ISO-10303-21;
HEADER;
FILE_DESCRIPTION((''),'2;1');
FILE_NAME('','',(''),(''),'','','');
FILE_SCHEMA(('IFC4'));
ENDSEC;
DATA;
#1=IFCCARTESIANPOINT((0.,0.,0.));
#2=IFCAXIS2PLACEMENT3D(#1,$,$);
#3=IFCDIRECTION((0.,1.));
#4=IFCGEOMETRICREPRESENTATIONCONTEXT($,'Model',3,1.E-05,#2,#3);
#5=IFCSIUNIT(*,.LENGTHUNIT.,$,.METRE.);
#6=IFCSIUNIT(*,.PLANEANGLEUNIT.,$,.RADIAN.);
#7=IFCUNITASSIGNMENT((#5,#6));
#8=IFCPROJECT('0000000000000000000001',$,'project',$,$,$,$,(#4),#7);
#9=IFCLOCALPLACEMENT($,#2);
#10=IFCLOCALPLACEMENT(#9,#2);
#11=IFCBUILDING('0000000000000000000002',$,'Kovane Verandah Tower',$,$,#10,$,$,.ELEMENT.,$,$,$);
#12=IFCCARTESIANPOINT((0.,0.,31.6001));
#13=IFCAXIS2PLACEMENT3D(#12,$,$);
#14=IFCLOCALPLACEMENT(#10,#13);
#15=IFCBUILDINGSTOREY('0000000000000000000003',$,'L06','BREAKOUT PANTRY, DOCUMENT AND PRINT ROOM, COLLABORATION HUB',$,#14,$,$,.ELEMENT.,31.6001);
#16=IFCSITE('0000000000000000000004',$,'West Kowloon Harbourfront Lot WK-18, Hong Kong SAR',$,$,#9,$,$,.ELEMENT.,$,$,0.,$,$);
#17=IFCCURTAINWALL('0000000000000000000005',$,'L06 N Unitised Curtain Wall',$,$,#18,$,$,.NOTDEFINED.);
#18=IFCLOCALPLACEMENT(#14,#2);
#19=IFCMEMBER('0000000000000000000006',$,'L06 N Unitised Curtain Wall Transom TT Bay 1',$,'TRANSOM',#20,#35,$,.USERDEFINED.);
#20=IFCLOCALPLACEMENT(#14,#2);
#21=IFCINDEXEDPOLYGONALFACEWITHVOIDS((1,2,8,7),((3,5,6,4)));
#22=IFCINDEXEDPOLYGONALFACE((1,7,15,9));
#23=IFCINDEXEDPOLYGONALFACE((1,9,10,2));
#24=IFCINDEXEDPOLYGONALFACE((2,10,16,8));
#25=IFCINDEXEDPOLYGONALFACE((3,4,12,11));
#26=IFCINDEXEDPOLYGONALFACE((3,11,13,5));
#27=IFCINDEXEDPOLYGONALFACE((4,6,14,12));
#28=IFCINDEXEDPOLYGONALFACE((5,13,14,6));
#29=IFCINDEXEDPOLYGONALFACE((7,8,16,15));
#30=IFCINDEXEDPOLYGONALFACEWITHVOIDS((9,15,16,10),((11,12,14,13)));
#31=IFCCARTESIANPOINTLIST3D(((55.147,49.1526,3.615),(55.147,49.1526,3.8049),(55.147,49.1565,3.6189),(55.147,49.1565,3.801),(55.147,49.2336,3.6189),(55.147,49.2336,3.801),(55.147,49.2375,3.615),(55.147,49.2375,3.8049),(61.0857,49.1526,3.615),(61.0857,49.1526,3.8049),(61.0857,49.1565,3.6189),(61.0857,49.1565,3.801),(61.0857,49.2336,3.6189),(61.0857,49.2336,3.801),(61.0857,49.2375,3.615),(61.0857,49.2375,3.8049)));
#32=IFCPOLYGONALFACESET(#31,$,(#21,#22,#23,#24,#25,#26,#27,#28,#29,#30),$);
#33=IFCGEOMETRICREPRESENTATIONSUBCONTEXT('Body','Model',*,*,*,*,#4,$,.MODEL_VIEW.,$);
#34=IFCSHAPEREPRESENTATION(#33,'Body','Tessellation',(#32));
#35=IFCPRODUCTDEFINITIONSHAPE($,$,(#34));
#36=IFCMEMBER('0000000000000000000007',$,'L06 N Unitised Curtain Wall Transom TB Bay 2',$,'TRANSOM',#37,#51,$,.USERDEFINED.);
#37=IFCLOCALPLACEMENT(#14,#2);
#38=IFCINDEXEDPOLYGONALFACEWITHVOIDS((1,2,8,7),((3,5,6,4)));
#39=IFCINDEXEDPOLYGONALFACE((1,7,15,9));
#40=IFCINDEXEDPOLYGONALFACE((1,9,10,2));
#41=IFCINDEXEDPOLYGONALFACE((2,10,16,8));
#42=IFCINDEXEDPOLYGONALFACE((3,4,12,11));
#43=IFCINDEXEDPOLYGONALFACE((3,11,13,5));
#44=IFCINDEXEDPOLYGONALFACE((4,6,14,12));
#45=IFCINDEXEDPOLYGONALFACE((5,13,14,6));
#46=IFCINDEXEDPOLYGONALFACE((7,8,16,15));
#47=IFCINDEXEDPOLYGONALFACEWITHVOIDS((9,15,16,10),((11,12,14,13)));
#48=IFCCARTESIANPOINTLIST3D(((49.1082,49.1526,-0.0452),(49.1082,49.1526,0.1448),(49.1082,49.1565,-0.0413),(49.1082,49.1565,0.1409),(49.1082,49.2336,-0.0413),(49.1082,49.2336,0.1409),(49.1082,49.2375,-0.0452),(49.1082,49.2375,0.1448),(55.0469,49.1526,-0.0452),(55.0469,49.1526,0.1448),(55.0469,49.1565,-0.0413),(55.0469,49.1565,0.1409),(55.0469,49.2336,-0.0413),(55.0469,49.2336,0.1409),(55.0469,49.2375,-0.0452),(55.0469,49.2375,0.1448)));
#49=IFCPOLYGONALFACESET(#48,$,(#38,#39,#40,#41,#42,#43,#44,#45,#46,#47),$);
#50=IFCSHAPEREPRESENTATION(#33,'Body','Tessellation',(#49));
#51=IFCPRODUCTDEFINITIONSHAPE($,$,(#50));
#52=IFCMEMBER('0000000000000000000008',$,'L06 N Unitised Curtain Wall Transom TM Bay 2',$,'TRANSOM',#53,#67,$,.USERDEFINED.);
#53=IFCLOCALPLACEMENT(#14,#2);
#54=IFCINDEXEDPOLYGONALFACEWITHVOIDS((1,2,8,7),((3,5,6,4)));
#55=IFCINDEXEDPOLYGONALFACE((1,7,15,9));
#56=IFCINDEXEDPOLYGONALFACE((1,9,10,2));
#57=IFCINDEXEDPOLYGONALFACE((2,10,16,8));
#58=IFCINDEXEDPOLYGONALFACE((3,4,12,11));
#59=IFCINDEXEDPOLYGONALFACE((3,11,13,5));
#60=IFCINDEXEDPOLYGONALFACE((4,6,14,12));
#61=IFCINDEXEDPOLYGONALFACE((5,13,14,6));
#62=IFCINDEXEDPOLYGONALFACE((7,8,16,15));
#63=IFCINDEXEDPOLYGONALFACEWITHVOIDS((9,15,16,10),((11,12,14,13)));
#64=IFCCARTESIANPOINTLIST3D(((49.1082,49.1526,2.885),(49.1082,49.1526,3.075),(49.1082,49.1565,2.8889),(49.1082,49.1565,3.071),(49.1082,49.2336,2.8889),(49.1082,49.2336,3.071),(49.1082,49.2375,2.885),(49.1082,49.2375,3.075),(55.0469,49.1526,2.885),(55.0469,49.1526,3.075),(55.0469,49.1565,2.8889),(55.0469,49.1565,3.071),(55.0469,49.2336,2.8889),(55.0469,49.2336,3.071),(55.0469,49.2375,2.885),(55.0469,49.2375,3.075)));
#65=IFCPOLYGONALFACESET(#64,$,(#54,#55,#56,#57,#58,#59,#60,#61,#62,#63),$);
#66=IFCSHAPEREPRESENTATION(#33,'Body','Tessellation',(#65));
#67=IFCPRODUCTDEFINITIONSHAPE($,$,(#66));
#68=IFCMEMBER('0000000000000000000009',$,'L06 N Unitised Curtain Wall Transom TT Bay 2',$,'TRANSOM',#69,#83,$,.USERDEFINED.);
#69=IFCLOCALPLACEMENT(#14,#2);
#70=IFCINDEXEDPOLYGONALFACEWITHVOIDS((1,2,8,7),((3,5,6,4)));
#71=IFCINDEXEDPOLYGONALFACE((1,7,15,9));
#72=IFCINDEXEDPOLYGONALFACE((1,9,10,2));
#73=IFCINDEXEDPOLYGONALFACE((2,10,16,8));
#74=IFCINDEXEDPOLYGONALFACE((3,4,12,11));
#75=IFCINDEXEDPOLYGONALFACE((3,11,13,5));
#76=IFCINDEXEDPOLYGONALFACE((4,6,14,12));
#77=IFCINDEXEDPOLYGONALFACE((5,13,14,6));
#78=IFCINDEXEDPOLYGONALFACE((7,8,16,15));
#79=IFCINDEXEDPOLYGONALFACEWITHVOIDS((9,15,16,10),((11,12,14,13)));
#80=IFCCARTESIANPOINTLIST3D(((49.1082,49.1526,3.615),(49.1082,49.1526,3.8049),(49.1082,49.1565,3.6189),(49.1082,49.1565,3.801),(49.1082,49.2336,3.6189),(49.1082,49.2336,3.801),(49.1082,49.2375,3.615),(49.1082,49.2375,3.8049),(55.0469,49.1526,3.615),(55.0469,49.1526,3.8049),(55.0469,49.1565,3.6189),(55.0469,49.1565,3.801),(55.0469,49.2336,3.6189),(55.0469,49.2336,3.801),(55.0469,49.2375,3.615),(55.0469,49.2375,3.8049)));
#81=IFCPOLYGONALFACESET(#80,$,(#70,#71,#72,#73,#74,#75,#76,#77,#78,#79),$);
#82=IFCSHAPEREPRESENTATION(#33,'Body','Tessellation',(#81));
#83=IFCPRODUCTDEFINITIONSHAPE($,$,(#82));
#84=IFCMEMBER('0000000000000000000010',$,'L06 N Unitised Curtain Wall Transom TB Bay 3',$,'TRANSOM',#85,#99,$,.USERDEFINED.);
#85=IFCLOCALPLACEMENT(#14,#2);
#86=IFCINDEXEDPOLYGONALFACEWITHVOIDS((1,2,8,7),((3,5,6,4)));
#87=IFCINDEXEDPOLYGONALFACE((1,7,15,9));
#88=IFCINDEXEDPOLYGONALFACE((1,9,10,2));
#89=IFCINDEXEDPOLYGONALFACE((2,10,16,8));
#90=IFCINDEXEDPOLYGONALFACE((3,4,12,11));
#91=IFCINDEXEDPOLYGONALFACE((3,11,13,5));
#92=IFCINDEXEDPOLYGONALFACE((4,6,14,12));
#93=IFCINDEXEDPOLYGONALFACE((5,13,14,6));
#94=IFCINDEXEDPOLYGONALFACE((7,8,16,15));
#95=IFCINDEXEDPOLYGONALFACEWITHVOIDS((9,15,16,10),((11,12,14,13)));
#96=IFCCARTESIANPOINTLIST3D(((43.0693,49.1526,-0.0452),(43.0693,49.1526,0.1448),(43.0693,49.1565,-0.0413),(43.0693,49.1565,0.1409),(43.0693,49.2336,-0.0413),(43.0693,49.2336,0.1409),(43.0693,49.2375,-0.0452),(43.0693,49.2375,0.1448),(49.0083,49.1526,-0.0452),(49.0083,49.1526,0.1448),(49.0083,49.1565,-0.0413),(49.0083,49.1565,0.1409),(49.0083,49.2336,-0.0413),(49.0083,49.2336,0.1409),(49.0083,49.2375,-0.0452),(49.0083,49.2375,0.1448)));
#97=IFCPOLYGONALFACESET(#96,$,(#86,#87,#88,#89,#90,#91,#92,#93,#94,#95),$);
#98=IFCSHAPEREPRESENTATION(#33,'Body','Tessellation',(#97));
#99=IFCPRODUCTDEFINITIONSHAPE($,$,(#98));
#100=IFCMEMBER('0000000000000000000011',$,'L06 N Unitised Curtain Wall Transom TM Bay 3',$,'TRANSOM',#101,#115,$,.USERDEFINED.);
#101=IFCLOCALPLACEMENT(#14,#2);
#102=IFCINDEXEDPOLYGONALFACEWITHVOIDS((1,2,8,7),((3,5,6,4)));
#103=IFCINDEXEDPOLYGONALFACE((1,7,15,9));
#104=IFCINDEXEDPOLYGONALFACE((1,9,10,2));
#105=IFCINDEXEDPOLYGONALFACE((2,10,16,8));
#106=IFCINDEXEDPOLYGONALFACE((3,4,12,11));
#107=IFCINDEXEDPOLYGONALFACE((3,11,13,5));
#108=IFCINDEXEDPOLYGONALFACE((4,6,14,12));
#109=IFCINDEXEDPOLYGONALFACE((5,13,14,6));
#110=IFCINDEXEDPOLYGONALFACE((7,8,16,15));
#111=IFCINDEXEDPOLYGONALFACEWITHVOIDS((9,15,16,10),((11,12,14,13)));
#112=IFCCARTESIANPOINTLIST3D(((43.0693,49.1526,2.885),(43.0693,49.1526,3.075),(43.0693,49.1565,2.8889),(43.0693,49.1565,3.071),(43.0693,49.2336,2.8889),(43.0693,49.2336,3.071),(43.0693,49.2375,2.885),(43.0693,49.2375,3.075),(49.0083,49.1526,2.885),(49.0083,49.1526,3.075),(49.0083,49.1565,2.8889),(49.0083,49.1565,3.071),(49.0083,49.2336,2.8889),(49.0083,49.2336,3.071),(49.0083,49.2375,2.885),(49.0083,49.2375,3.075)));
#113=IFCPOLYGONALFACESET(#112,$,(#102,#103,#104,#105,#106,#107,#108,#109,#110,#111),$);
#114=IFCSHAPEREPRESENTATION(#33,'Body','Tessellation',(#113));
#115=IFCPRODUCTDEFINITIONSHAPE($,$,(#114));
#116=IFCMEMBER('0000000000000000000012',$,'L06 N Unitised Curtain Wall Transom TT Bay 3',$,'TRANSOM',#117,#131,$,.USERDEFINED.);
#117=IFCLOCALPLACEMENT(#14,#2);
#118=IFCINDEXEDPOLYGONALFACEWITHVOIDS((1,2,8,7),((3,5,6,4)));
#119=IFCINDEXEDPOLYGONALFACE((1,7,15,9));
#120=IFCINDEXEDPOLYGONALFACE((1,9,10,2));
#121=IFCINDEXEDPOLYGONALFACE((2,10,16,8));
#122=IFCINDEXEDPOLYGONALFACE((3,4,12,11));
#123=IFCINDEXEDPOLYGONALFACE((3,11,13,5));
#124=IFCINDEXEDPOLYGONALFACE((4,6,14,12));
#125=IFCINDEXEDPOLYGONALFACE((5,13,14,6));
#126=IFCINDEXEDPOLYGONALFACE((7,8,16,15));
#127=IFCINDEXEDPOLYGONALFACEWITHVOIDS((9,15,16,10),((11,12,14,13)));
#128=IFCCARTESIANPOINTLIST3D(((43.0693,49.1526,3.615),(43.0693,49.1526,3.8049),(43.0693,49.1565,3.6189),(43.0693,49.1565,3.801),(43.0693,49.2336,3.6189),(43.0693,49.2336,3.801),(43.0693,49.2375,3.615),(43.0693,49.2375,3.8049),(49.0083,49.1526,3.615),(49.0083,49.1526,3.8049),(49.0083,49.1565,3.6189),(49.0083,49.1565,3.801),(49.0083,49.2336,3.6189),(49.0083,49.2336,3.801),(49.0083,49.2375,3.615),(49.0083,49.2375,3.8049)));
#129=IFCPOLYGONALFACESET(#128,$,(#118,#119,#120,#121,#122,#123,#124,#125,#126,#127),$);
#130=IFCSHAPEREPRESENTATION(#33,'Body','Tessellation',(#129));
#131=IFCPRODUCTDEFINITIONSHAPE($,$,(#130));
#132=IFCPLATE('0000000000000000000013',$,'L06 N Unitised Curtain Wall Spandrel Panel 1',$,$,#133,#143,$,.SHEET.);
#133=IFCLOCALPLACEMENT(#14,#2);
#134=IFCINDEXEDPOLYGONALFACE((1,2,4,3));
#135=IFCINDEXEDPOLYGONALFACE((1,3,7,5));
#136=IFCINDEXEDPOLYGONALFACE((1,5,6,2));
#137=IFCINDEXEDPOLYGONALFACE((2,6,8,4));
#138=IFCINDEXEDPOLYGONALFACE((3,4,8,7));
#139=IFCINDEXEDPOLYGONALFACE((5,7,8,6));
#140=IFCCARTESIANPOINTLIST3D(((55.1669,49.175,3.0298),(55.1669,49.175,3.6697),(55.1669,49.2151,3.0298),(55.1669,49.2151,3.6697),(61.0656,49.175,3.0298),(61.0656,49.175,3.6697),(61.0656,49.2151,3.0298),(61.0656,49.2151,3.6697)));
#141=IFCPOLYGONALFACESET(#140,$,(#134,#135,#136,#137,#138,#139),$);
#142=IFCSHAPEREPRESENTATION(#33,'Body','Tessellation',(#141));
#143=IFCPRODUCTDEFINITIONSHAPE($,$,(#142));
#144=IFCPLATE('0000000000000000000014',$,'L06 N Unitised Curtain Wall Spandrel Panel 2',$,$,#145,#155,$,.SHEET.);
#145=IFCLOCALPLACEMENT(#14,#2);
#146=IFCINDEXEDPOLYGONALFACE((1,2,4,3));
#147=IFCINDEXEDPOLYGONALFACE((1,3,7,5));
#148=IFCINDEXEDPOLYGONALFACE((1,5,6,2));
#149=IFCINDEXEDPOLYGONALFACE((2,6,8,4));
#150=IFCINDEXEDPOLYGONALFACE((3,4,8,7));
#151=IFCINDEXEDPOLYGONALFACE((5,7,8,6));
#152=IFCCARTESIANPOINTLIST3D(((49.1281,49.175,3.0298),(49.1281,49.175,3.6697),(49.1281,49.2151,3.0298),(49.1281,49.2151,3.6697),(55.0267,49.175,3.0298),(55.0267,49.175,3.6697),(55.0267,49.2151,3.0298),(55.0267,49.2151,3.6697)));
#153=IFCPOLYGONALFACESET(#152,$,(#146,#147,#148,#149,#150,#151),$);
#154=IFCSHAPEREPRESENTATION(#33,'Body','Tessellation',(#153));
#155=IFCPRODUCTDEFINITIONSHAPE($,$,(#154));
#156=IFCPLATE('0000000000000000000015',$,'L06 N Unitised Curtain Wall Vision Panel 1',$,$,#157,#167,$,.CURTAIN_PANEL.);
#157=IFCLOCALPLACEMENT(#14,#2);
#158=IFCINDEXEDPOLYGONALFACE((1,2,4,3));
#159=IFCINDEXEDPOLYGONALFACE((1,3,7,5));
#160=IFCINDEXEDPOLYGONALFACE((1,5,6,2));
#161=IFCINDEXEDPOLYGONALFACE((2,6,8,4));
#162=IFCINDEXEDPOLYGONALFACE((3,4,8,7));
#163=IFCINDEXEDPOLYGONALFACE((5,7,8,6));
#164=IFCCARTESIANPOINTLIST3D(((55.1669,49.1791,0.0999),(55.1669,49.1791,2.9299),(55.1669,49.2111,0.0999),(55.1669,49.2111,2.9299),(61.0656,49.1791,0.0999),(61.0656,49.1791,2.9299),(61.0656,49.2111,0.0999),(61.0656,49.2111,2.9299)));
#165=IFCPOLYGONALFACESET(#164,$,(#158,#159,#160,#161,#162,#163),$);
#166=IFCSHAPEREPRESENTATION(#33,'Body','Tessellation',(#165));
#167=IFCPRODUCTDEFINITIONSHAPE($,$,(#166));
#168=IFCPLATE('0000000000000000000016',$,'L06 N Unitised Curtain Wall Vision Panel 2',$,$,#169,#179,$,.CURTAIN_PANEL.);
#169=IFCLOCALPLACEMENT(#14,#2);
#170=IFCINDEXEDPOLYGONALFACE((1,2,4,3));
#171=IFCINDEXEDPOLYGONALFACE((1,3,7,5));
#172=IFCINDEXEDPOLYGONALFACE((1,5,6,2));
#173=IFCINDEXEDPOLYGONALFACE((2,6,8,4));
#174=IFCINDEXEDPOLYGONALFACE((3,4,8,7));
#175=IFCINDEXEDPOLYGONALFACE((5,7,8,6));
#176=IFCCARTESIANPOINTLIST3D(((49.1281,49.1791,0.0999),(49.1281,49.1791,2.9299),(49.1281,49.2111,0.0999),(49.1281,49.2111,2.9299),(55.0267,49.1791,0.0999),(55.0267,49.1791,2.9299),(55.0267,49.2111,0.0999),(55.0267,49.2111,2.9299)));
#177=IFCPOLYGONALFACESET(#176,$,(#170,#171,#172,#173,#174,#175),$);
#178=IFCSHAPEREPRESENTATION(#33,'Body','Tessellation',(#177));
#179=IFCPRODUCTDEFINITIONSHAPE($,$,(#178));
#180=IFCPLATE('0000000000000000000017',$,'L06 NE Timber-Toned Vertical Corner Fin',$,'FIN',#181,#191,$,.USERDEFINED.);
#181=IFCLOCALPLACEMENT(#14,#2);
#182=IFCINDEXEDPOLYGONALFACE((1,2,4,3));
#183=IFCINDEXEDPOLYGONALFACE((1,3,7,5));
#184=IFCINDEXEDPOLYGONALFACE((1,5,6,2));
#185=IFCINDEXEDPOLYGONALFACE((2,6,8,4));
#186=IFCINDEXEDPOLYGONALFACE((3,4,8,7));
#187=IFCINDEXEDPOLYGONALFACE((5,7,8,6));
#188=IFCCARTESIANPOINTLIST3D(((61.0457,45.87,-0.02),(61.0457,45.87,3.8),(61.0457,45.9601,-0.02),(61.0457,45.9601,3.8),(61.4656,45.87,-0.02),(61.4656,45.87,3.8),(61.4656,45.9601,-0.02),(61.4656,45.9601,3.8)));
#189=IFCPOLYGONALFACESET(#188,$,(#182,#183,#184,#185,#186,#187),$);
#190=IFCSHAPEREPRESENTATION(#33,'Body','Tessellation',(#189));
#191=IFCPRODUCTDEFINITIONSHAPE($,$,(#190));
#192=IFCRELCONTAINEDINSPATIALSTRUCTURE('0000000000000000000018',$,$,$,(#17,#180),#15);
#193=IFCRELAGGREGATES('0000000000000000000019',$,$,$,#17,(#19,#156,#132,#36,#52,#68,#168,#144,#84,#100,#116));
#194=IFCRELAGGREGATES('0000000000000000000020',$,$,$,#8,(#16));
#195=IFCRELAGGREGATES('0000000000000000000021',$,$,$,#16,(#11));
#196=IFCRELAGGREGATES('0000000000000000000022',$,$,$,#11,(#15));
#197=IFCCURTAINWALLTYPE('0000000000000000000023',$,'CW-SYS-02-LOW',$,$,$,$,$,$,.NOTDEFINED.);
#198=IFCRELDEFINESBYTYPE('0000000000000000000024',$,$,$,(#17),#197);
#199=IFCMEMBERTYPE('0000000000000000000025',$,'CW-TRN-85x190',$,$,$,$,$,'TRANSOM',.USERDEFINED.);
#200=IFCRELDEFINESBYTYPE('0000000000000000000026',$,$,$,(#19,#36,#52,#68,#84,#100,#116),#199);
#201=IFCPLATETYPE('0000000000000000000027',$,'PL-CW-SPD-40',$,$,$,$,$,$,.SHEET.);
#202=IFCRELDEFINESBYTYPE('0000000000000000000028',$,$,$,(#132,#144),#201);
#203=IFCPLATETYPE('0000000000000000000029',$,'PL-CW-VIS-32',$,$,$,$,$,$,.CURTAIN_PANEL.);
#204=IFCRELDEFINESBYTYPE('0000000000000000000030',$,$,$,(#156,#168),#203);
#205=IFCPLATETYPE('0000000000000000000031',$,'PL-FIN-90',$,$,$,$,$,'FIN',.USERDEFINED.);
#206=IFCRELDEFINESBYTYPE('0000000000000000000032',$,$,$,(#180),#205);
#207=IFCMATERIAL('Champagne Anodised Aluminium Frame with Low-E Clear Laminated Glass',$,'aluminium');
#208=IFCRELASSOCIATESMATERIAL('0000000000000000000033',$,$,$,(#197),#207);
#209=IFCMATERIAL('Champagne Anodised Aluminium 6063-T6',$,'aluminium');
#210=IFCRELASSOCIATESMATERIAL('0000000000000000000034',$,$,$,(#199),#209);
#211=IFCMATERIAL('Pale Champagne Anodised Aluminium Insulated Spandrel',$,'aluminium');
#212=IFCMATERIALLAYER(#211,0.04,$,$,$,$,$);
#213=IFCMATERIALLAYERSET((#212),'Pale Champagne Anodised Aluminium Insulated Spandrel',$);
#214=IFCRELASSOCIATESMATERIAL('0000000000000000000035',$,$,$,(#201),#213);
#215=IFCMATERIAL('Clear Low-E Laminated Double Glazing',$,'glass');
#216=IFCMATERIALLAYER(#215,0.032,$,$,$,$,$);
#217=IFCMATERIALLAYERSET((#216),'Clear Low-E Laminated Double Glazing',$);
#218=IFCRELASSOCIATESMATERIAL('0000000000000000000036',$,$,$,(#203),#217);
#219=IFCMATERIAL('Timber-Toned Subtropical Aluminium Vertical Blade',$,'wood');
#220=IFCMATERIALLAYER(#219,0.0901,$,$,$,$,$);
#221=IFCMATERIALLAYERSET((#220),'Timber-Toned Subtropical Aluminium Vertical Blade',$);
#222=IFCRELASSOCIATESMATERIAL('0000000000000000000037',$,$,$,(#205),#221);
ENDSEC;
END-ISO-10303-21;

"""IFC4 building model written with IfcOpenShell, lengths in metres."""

from ifc_helpers import new_model, si_unit, direction, frame, origin, origin_2d, place, context, subcontext, project, spatial, rectangle, hollow_rectangle, extrude, material, layer, layer_set, material_profile, profile_set, type_object, element, aggregate, save


model = new_model("IFC4")

# Units and contexts
model_context = context("Model", 3, precision=1e-05, world=origin(), true_north=direction((0.0, 1.0)))
body_context = subcontext(model_context, "Body", "Model", "MODEL_VIEW")
ifc_project = project(units=[si_unit("LENGTHUNIT", "METRE"), si_unit("PLANEANGLEUNIT", "RADIAN")], contexts=[model_context])

# Site, building, storey
site_placement = place(None, origin())
site = spatial("IfcSite", under=ifc_project, at=site_placement, Name="West Kowloon Harbourfront Lot WK-18, Hong Kong SAR", CompositionType="ELEMENT", RefElevation=0.0)
building_placement = place(site_placement, origin())
building = spatial("IfcBuilding", under=site, at=building_placement, Name="Kovane Verandah Tower", CompositionType="ELEMENT")
storey_placement = place(building_placement, frame((0.0, 0.0, 31.6001)))
storey = spatial("IfcBuildingStorey", under=building, at=storey_placement, Name="L06", Description="BREAKOUT PANTRY, DOCUMENT AND PRINT ROOM, COLLABORATION HUB", CompositionType="ELEMENT", Elevation=31.6001)

# Curtain wall, members, plates
ifc_material_1 = material(Name="Champagne Anodised Aluminium Frame with Low-E Clear Laminated Glass", Category="aluminium")
curtain_wall_type = type_object("IfcCurtainWallType", Name="CW-SYS-02-LOW", PredefinedType="NOTDEFINED", material=ifc_material_1)
curtain_wall_placement = place(storey_placement, origin())
curtain_wall = element("IfcCurtainWall", 1, at=curtain_wall_placement, inside=storey, type_object=curtain_wall_type, Name="L06 N Unitised Curtain Wall", PredefinedType="NOTDEFINED")
ifc_material_2 = material(Name="Champagne Anodised Aluminium 6063-T6", Category="aluminium")
ifc_material_profile_1 = material_profile(ifc_material_2, hollow_rectangle(XDim=0.085, YDim=0.1899, WallThickness=0.0039, at=origin_2d()), Name="AL85x190x4")
ifc_profile_set_1 = profile_set([ifc_material_profile_1], Name="Champagne Anodised Aluminium 6063-T6")
member_type_1 = type_object("IfcMemberType", Name="CW-TRN-85x190", ElementType="TRANSOM", PredefinedType="USERDEFINED", material=ifc_profile_set_1)
member_1_placement = place(storey_placement, frame((61.0857, 49.1951, 3.71), z_axis=(-1.0, 0.0, 0.0), x_axis=(0.0, -1.0, 0.0)))
member_1 = element("IfcMember", 2, at=member_1_placement, type_object=member_type_1, Name="L06 N Unitised Curtain Wall Transom TT Bay 1", ObjectType="TRANSOM", PredefinedType="USERDEFINED", context=body_context, shape_type="SweptSolid", body=[
    extrude(hollow_rectangle(XDim=0.085, YDim=0.1899, WallThickness=0.0039, at=origin_2d()), origin(), (0.0, 0.0, 1.0), 5.9387),
])
member_2_placement = place(storey_placement, frame((55.0469, 49.1951, 0.0498), z_axis=(-1.0, 0.0, 0.0), x_axis=(0.0, -1.0, 0.0)))
member_2 = element("IfcMember", 3, at=member_2_placement, type_object=member_type_1, Name="L06 N Unitised Curtain Wall Transom TB Bay 2", ObjectType="TRANSOM", PredefinedType="USERDEFINED", context=body_context, shape_type="SweptSolid", body=[
    extrude(hollow_rectangle(XDim=0.085, YDim=0.1899, WallThickness=0.0039, at=origin_2d()), origin(), (0.0, 0.0, 1.0), 5.9387),
])
member_3_placement = place(storey_placement, frame((55.0469, 49.1951, 2.98), z_axis=(-1.0, 0.0, 0.0), x_axis=(0.0, -1.0, 0.0)))
member_3 = element("IfcMember", 4, at=member_3_placement, type_object=member_type_1, Name="L06 N Unitised Curtain Wall Transom TM Bay 2", ObjectType="TRANSOM", PredefinedType="USERDEFINED", context=body_context, shape_type="SweptSolid", body=[
    extrude(hollow_rectangle(XDim=0.085, YDim=0.1899, WallThickness=0.0039, at=origin_2d()), origin(), (0.0, 0.0, 1.0), 5.9387),
])
member_4_placement = place(storey_placement, frame((55.0469, 49.1951, 3.71), z_axis=(-1.0, 0.0, 0.0), x_axis=(0.0, -1.0, 0.0)))
member_4 = element("IfcMember", 5, at=member_4_placement, type_object=member_type_1, Name="L06 N Unitised Curtain Wall Transom TT Bay 2", ObjectType="TRANSOM", PredefinedType="USERDEFINED", context=body_context, shape_type="SweptSolid", body=[
    extrude(hollow_rectangle(XDim=0.085, YDim=0.1899, WallThickness=0.0039, at=origin_2d()), origin(), (0.0, 0.0, 1.0), 5.9387),
])
member_5_placement = place(storey_placement, frame((49.0083, 49.1951, 0.0498), z_axis=(-1.0, 0.0, 0.0), x_axis=(0.0, -1.0, 0.0)))
member_5 = element("IfcMember", 6, at=member_5_placement, type_object=member_type_1, Name="L06 N Unitised Curtain Wall Transom TB Bay 3", ObjectType="TRANSOM", PredefinedType="USERDEFINED", context=body_context, shape_type="SweptSolid", body=[
    extrude(hollow_rectangle(XDim=0.085, YDim=0.1899, WallThickness=0.0039, at=origin_2d()), origin(), (0.0, 0.0, 1.0), 5.939),
])
member_6_placement = place(storey_placement, frame((49.0083, 49.1951, 2.98), z_axis=(-1.0, 0.0, 0.0), x_axis=(0.0, -1.0, 0.0)))
member_6 = element("IfcMember", 7, at=member_6_placement, type_object=member_type_1, Name="L06 N Unitised Curtain Wall Transom TM Bay 3", ObjectType="TRANSOM", PredefinedType="USERDEFINED", context=body_context, shape_type="SweptSolid", body=[
    extrude(hollow_rectangle(XDim=0.085, YDim=0.1899, WallThickness=0.0039, at=origin_2d()), origin(), (0.0, 0.0, 1.0), 5.939),
])
member_7_placement = place(storey_placement, frame((49.0083, 49.1951, 3.71), z_axis=(-1.0, 0.0, 0.0), x_axis=(0.0, -1.0, 0.0)))
member_7 = element("IfcMember", 8, at=member_7_placement, type_object=member_type_1, Name="L06 N Unitised Curtain Wall Transom TT Bay 3", ObjectType="TRANSOM", PredefinedType="USERDEFINED", context=body_context, shape_type="SweptSolid", body=[
    extrude(hollow_rectangle(XDim=0.085, YDim=0.1899, WallThickness=0.0039, at=origin_2d()), origin(), (0.0, 0.0, 1.0), 5.939),
])
ifc_material_3 = material(Name="Pale Champagne Anodised Aluminium Insulated Spandrel", Category="aluminium")
ifc_layer_1 = layer(ifc_material_3, 0.04)
ifc_layer_set_1 = layer_set([ifc_layer_1], Name="Pale Champagne Anodised Aluminium Insulated Spandrel")
plate_type_1 = type_object("IfcPlateType", Name="PL-CW-SPD-40", PredefinedType="SHEET", material=ifc_layer_set_1)
plate_1_placement = place(storey_placement, frame((58.1162, 49.1951, 3.0298), z_axis=(0.0, 0.0, 1.0), x_axis=(-1.0, 0.0, 0.0)))
plate_1 = element("IfcPlate", 9, at=plate_1_placement, type_object=plate_type_1, Name="L06 N Unitised Curtain Wall Spandrel Panel 1", PredefinedType="SHEET", context=body_context, shape_type="SweptSolid", body=[
    extrude(rectangle(XDim=5.8987, YDim=0.04, at=origin_2d()), origin(), (0.0, 0.0, 1.0), 0.6399),
])
plate_2_placement = place(storey_placement, frame((52.0774, 49.1951, 3.0298), z_axis=(0.0, 0.0, 1.0), x_axis=(-1.0, 0.0, 0.0)))
plate_2 = element("IfcPlate", 10, at=plate_2_placement, type_object=plate_type_1, Name="L06 N Unitised Curtain Wall Spandrel Panel 2", PredefinedType="SHEET", context=body_context, shape_type="SweptSolid", body=[
    extrude(rectangle(XDim=5.8987, YDim=0.04, at=origin_2d()), origin(), (0.0, 0.0, 1.0), 0.6399),
])
ifc_material_4 = material(Name="Clear Low-E Laminated Double Glazing", Category="glass")
ifc_layer_2 = layer(ifc_material_4, 0.032)
ifc_layer_set_2 = layer_set([ifc_layer_2], Name="Clear Low-E Laminated Double Glazing")
plate_type_2 = type_object("IfcPlateType", Name="PL-CW-VIS-32", PredefinedType="CURTAIN_PANEL", material=ifc_layer_set_2)
plate_3_placement = place(storey_placement, frame((58.1162, 49.1951, 0.0999), z_axis=(0.0, 0.0, 1.0), x_axis=(-1.0, 0.0, 0.0)))
plate_3 = element("IfcPlate", 11, at=plate_3_placement, type_object=plate_type_2, Name="L06 N Unitised Curtain Wall Vision Panel 1", PredefinedType="CURTAIN_PANEL", context=body_context, shape_type="SweptSolid", body=[
    extrude(rectangle(XDim=5.8987, YDim=0.032, at=origin_2d()), origin(), (0.0, 0.0, 1.0), 2.8301),
])
plate_4_placement = place(storey_placement, frame((52.0774, 49.1951, 0.0999), z_axis=(0.0, 0.0, 1.0), x_axis=(-1.0, 0.0, 0.0)))
plate_4 = element("IfcPlate", 12, at=plate_4_placement, type_object=plate_type_2, Name="L06 N Unitised Curtain Wall Vision Panel 2", PredefinedType="CURTAIN_PANEL", context=body_context, shape_type="SweptSolid", body=[
    extrude(rectangle(XDim=5.8987, YDim=0.032, at=origin_2d()), origin(), (0.0, 0.0, 1.0), 2.8301),
])
aggregate(curtain_wall, [member_1, plate_3, plate_1, member_2, member_3, member_4, plate_4, plate_2, member_5, member_6, member_7])

# Plate
ifc_material_5 = material(Name="Timber-Toned Subtropical Aluminium Vertical Blade", Category="wood")
ifc_layer_3 = layer(ifc_material_5, 0.0901)
ifc_layer_set_3 = layer_set([ifc_layer_3], Name="Timber-Toned Subtropical Aluminium Vertical Blade")
plate_type_3 = type_object("IfcPlateType", Name="PL-FIN-90", ElementType="FIN", PredefinedType="USERDEFINED", material=ifc_layer_set_3)
plate_5_placement = place(storey_placement, frame((61.2556, 45.915, -0.02), z_axis=(0.0, 0.0, 1.0), x_axis=(1.0, 0.0, 0.0)))
element("IfcPlate", 13, at=plate_5_placement, inside=storey, type_object=plate_type_3, Name="L06 NE Timber-Toned Vertical Corner Fin", ObjectType="FIN", PredefinedType="USERDEFINED", context=body_context, shape_type="SweptSolid", body=[
    extrude(rectangle(XDim=0.4199, YDim=0.0901, at=origin_2d()), origin(), (0.0, 0.0, 1.0), 3.8201),
])

save(model, "model.ifc")
